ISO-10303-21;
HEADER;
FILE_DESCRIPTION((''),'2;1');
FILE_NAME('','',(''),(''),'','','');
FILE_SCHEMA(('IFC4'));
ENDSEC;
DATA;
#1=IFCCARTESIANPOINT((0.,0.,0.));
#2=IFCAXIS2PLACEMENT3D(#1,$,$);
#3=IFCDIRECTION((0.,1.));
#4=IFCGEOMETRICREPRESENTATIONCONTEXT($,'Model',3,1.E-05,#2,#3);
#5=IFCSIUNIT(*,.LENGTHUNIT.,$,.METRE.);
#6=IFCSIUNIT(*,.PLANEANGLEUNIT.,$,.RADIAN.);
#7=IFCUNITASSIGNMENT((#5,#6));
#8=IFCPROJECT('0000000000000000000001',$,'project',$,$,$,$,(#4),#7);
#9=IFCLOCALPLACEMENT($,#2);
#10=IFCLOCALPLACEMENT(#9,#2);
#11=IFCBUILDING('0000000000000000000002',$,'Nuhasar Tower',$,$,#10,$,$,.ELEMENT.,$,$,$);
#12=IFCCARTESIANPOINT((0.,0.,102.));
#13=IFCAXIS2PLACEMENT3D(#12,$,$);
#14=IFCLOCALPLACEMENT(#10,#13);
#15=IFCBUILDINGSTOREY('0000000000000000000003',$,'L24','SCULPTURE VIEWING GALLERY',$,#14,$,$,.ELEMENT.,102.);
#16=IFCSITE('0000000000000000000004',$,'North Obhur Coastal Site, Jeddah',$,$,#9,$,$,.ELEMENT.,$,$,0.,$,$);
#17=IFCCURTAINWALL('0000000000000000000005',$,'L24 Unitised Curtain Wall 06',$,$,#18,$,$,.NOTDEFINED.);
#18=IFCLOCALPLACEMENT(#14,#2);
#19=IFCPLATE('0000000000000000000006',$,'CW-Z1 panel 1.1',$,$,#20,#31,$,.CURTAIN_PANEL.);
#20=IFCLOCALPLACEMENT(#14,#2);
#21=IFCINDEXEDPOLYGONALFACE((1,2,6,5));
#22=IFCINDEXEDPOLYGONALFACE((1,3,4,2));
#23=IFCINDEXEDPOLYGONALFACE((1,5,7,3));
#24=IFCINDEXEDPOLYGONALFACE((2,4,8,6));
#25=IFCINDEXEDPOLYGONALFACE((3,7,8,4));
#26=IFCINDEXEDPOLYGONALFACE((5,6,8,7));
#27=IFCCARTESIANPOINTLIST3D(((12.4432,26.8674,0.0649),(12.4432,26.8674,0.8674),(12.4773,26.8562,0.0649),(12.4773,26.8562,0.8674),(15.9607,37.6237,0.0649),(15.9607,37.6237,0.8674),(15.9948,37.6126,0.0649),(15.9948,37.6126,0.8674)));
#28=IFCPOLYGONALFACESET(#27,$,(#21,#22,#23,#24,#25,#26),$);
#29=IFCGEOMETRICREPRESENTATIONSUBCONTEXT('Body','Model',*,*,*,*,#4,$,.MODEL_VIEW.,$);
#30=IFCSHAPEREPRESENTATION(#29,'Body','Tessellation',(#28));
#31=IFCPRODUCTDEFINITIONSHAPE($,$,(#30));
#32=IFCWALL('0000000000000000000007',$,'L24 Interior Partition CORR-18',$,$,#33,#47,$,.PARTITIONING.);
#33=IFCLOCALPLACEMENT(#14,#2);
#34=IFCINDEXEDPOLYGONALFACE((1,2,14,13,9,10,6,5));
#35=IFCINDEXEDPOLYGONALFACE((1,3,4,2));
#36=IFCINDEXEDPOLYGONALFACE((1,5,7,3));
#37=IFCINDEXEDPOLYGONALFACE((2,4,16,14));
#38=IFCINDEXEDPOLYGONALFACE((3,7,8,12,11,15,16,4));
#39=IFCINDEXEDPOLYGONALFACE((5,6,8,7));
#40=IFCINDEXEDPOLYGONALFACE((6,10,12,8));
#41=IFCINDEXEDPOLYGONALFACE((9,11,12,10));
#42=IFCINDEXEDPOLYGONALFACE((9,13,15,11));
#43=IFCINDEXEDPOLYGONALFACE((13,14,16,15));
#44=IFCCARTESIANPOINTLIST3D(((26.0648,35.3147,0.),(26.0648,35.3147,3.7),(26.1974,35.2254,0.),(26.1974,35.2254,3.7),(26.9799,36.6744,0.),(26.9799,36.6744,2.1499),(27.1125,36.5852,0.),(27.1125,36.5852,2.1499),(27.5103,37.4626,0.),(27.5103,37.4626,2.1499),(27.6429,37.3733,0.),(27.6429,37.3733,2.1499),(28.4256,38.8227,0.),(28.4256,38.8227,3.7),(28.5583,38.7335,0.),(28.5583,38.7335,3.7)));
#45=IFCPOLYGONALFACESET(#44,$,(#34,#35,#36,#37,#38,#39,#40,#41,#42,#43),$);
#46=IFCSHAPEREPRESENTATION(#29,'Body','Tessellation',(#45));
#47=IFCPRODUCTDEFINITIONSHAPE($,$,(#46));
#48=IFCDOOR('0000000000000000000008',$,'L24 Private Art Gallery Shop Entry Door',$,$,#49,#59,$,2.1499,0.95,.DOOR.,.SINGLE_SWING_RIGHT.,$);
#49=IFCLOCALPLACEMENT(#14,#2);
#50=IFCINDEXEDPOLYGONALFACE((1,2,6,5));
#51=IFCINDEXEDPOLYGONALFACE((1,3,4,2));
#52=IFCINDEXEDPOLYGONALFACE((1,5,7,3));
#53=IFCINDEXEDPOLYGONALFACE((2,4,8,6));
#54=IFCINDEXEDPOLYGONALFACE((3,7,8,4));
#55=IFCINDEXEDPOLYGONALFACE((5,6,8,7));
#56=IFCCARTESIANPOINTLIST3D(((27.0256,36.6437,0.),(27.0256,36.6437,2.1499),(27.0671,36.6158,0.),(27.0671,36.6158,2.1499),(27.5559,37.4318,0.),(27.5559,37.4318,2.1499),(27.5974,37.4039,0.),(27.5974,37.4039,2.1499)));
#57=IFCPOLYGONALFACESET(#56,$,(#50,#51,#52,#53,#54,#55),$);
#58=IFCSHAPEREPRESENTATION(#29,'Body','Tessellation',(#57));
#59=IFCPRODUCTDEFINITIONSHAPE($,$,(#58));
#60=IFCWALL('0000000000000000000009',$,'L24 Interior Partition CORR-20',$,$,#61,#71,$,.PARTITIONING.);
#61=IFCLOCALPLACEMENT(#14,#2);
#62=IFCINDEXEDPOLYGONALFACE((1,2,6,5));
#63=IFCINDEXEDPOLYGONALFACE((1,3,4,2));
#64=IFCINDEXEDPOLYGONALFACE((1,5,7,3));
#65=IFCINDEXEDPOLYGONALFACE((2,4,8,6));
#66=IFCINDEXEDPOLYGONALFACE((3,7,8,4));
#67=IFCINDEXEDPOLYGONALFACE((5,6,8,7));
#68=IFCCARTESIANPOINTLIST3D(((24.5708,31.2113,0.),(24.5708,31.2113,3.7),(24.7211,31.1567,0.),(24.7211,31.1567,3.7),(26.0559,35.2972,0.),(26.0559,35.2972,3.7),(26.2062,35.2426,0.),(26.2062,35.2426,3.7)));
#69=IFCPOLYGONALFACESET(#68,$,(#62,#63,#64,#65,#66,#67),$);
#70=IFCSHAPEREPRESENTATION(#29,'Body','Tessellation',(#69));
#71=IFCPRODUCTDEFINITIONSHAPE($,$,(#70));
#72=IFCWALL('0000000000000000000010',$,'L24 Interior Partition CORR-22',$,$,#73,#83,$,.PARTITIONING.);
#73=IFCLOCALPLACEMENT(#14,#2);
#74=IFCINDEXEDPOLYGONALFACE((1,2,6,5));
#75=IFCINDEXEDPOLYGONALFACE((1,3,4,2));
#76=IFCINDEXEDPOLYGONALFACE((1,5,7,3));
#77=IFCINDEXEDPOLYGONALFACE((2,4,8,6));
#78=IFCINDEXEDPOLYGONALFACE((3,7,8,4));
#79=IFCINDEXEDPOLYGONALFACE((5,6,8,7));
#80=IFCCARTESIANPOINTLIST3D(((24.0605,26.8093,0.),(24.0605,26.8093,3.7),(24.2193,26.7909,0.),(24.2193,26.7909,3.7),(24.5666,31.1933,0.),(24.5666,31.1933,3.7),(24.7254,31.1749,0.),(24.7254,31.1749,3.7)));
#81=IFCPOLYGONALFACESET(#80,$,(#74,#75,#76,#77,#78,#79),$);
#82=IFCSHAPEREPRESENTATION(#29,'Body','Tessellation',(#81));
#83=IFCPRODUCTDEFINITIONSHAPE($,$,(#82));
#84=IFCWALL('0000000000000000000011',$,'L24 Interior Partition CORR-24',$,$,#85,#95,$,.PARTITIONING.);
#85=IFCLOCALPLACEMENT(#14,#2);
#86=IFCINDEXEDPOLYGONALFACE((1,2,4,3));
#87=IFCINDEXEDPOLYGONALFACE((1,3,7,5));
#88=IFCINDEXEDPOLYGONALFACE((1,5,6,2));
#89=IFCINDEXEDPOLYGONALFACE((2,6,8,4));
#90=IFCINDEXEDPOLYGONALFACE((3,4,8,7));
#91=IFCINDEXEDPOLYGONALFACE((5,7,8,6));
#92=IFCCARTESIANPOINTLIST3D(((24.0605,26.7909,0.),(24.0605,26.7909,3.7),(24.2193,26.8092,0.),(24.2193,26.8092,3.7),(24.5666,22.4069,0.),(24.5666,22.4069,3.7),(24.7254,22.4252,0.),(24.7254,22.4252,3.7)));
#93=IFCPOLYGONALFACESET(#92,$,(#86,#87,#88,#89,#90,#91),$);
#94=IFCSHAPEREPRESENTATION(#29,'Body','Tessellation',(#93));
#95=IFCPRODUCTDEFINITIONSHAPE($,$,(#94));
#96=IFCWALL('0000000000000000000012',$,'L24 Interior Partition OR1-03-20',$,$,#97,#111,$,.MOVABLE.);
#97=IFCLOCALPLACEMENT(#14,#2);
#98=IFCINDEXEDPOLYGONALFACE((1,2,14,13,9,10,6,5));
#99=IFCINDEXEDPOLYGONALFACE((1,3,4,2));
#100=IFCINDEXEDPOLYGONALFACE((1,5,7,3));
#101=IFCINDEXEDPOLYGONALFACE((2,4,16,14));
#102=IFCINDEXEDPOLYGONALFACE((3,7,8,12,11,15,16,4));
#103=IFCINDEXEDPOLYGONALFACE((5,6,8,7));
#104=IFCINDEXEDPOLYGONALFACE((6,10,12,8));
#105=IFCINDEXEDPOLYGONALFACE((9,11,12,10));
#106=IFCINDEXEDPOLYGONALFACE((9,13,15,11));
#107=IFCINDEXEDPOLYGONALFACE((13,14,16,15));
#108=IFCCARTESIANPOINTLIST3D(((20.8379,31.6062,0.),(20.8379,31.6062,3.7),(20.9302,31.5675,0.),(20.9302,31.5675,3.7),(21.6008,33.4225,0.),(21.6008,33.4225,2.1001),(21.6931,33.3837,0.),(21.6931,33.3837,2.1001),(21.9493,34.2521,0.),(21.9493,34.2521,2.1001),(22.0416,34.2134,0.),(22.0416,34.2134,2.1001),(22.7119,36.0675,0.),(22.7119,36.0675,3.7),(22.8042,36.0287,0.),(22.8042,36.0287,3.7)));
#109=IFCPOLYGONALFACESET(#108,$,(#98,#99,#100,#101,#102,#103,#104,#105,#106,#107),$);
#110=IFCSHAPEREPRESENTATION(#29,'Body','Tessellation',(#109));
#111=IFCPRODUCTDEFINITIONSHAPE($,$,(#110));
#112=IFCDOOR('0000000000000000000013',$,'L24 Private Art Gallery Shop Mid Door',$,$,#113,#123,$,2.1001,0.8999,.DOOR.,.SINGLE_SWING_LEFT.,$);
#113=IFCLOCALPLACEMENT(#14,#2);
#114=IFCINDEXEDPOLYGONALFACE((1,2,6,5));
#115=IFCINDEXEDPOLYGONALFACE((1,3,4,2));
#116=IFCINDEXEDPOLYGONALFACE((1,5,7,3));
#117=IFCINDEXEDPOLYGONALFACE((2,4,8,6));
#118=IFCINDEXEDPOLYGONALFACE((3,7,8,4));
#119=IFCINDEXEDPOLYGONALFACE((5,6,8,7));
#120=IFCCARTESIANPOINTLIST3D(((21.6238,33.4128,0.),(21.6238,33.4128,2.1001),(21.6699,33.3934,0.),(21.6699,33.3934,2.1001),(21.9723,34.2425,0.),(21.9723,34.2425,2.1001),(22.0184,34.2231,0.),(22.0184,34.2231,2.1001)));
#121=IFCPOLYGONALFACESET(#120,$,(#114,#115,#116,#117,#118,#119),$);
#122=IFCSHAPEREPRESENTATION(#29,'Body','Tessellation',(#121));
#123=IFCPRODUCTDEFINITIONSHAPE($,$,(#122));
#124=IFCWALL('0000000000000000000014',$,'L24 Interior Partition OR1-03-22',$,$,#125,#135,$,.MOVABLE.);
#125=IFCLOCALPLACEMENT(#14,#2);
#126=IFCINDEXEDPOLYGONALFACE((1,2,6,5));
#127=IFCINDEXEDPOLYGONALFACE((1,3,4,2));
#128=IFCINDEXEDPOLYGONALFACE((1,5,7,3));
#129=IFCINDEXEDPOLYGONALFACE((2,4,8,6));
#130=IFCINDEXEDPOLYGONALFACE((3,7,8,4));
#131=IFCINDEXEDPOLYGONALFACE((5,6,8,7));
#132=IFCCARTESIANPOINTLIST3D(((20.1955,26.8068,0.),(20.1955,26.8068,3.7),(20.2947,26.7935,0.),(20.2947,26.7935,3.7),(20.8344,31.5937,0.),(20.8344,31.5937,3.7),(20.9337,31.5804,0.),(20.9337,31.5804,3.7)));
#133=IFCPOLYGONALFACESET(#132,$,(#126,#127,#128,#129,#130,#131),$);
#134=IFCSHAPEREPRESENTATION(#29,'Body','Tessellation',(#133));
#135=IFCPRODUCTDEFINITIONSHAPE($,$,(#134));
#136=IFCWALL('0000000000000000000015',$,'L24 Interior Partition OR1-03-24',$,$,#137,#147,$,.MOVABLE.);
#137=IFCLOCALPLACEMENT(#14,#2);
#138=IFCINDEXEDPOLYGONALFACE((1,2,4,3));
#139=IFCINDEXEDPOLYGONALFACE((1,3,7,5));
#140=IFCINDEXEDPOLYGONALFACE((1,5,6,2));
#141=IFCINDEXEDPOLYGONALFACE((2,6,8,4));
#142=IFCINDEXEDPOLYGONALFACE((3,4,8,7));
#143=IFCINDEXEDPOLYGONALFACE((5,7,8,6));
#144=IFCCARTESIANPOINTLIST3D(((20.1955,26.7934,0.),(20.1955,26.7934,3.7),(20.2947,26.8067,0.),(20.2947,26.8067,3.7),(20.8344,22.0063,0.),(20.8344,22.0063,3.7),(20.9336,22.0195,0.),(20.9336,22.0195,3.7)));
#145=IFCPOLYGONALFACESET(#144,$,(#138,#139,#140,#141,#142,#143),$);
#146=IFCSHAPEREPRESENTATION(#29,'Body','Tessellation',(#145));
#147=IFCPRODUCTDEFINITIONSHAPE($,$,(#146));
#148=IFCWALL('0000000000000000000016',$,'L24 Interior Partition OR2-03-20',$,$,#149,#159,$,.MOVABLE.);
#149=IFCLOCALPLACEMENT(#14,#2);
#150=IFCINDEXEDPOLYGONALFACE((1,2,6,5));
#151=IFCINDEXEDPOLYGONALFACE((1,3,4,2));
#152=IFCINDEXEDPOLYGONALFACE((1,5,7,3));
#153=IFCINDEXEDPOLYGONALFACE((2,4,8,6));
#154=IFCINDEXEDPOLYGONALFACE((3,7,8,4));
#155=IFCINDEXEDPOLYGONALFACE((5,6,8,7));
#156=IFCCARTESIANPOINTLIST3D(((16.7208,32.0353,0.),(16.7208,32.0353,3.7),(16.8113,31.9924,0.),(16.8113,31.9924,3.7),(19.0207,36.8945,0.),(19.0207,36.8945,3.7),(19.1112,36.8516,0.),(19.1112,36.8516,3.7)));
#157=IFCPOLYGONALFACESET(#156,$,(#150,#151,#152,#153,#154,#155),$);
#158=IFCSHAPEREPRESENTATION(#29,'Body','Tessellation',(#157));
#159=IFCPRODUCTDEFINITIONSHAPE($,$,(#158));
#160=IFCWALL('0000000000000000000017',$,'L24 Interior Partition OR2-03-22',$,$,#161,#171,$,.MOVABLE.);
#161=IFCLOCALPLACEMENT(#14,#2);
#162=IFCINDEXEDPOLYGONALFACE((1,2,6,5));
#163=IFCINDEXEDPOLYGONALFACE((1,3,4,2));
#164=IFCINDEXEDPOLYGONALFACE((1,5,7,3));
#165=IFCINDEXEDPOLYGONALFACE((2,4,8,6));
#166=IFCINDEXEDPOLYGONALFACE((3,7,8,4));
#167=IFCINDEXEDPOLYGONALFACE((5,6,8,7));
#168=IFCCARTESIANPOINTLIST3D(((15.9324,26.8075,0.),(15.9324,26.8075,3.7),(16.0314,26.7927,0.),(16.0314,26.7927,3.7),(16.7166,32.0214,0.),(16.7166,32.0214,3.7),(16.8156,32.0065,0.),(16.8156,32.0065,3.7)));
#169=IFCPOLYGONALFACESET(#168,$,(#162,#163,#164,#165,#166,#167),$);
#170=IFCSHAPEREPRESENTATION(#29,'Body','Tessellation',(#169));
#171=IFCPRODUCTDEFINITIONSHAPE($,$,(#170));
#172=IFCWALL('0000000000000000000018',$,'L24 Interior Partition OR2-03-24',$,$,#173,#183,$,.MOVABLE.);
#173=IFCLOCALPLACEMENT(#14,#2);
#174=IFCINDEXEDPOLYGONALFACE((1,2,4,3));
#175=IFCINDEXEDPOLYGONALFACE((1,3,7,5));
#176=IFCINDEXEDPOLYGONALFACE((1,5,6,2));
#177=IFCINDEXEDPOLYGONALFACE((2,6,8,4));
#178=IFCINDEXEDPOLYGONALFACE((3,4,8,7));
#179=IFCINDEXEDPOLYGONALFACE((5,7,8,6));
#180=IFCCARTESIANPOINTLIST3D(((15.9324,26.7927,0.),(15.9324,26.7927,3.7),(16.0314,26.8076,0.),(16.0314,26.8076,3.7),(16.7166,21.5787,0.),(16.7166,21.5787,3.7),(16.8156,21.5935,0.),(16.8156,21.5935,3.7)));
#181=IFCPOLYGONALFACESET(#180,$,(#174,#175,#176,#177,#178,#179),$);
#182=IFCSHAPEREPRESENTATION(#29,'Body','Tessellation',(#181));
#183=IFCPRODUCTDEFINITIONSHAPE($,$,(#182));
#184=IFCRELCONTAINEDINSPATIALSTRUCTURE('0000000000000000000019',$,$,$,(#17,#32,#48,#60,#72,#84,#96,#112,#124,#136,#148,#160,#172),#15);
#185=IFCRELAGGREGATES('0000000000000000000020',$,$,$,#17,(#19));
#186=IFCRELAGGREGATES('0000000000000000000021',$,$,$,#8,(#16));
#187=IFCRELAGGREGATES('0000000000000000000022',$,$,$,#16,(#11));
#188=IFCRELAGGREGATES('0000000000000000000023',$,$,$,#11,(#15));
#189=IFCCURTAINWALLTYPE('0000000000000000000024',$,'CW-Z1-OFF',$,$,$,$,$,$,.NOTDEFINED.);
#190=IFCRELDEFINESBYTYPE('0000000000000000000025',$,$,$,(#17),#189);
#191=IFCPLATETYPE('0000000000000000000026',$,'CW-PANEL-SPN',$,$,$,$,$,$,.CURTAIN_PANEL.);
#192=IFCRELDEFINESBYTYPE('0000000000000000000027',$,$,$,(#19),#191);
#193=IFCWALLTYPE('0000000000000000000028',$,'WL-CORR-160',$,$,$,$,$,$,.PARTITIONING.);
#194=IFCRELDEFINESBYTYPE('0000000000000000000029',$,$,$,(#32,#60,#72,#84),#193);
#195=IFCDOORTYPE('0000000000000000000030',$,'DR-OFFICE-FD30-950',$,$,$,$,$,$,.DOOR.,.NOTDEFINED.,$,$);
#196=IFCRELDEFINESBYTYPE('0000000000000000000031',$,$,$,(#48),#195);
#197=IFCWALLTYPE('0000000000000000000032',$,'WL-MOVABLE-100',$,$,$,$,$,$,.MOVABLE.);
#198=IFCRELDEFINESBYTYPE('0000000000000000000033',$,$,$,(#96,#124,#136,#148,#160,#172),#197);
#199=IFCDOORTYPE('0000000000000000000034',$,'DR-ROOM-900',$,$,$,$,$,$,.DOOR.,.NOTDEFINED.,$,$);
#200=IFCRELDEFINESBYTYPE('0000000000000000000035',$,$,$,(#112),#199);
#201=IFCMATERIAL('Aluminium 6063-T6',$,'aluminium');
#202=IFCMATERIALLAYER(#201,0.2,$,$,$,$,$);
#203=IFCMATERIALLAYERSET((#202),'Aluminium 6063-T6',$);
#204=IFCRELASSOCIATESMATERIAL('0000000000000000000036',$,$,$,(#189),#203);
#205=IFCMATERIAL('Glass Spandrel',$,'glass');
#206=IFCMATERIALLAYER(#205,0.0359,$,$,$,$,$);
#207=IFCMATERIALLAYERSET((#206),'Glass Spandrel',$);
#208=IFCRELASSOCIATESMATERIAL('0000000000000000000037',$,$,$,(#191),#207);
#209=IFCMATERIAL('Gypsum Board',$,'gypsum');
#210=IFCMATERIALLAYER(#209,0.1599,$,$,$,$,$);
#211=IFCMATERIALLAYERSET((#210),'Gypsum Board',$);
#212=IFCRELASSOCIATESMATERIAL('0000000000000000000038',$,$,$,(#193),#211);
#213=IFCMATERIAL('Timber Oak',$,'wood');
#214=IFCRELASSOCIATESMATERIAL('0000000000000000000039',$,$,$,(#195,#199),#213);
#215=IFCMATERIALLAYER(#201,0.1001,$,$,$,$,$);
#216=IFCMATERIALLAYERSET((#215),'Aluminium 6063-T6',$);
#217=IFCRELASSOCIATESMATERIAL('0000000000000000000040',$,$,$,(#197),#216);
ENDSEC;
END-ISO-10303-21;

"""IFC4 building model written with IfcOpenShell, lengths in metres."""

from ifc_helpers import new_model, si_unit, direction, frame, frame_2d, origin, origin_2d, place, context, subcontext, project, spatial, rectangle, extrude, material, layer, layer_set, type_object, element, fill, aggregate, save


model = new_model("IFC4")

# Units and contexts
model_context = context("Model", 3, precision=1e-05, world=origin(), true_north=direction((0.0, 1.0)))
body_context = subcontext(model_context, "Body", "Model", "MODEL_VIEW")
ifc_project = project(units=[si_unit("LENGTHUNIT", "METRE"), si_unit("PLANEANGLEUNIT", "RADIAN")], contexts=[model_context])

# Site, building, storey
site_placement = place(None, origin())
site = spatial("IfcSite", under=ifc_project, at=site_placement, Name="North Obhur Coastal Site, Jeddah", CompositionType="ELEMENT", RefElevation=0.0)
building_placement = place(site_placement, origin())
building = spatial("IfcBuilding", under=site, at=building_placement, Name="Nuhasar Tower", CompositionType="ELEMENT")
storey_placement = place(building_placement, frame((0.0, 0.0, 102.0)))
storey = spatial("IfcBuildingStorey", under=building, at=storey_placement, Name="L24", Description="SCULPTURE VIEWING GALLERY", CompositionType="ELEMENT", Elevation=102.0)

# Curtain wall
ifc_material_1 = material(Name="Aluminium 6063-T6", Category="aluminium")
ifc_layer_1 = layer(ifc_material_1, 0.2)
ifc_layer_set_1 = layer_set([ifc_layer_1], Name="Aluminium 6063-T6")
curtain_wall_type = type_object("IfcCurtainWallType", Name="CW-Z1-OFF", PredefinedType="NOTDEFINED", material=ifc_layer_set_1)
curtain_wall_1_placement = place(storey_placement, origin())
curtain_wall_1 = element("IfcCurtainWall", 1, at=curtain_wall_1_placement, inside=storey, type_object=curtain_wall_type, Name="L24 Unitised Curtain Wall 06", PredefinedType="NOTDEFINED")

# Plate
ifc_material_2 = material(Name="Glass Spandrel", Category="glass")
ifc_layer_2 = layer(ifc_material_2, 0.0359)
ifc_layer_set_2 = layer_set([ifc_layer_2], Name="Glass Spandrel")
plate_type_1 = type_object("IfcPlateType", Name="CW-PANEL-SPN", PredefinedType="CURTAIN_PANEL", material=ifc_layer_set_2)
plate_1_placement = place(storey_placement, frame((14.219, 32.24, 0.0649), z_axis=(0.0, 0.0, 1.0), x_axis=(-0.310824, -0.950468, 0.0)))
plate_1 = element("IfcPlate", 2, at=plate_1_placement, type_object=plate_type_1, Name="CW-Z1 panel 1.1", PredefinedType="CURTAIN_PANEL", context=body_context, shape_type="SweptSolid", body=[
    extrude(rectangle(XDim=11.3169, YDim=0.0359, at=origin_2d()), origin(), (0.0, 0.0, 1.0), 0.8025),
])
aggregate(curtain_wall_1, [plate_1])

# Wall, opening, door
ifc_material_3 = material(Name="Gypsum Board", Category="gypsum")
ifc_layer_3 = layer(ifc_material_3, 0.1599)
ifc_layer_set_3 = layer_set([ifc_layer_3], Name="Gypsum Board")
wall_type_1 = type_object("IfcWallType", Name="WL-CORR-160", PredefinedType="PARTITIONING", material=ifc_layer_set_3)
wall_1_placement = place(storey_placement, frame((26.1311, 35.27, 0.0), z_axis=(0.0, 0.0, 1.0), x_axis=(0.558319, 0.829626, 0.0)))
wall_1 = element("IfcWall", 3, at=wall_1_placement, inside=storey, type_object=wall_type_1, Name="L24 Interior Partition CORR-18", PredefinedType="PARTITIONING", context=body_context, shape_type="SweptSolid", body=[
    extrude(rectangle(XDim=4.2285, YDim=0.1599, at=frame_2d((2.1143, 0.0))), origin(), (0.0, 0.0, 1.0), 3.7),
])
opening_1_placement = place(wall_1_placement, frame((1.6389, 0.0, 0.0)))
opening_1 = element("IfcOpeningElement", 4, at=opening_1_placement, cuts=wall_1, PredefinedType="OPENING", context=body_context, shape_type="SweptSolid", body=[
    extrude(rectangle(XDim=0.95, YDim=2.1499, at=frame_2d((0.4751, 1.075))), frame((0.0, 0.0898, 0.0), z_axis=(0.0, -1.0, 0.0), x_axis=(1.0, 0.0, 0.0)), (0.0, 0.0, 1.0), 0.1799),
])
ifc_material_4 = material(Name="Timber Oak", Category="wood")
door_type_1 = type_object("IfcDoorType", Name="DR-OFFICE-FD30-950", OperationType="NOTDEFINED", PredefinedType="DOOR", material=ifc_material_4)
door_1_placement = place(opening_1_placement, origin())
door_1 = element("IfcDoor", 5, at=door_1_placement, inside=storey, type_object=door_type_1, Name="L24 Private Art Gallery Shop Entry Door", OperationType="SINGLE_SWING_RIGHT", OverallHeight=2.1499, OverallWidth=0.95, PredefinedType="DOOR", context=body_context, shape_type="SweptSolid", body=[
    extrude(rectangle(XDim=0.95, YDim=2.1499, at=frame_2d((0.4751, 1.075))), frame((0.0, 0.0249, 0.0), z_axis=(0.0, -1.0, 0.0), x_axis=(1.0, 0.0, 0.0)), (0.0, 0.0, 1.0), 0.05),
])
fill(opening_1, door_1)

# Walls
wall_2_placement = place(storey_placement, frame((26.1311, 35.27, 0.0), z_axis=(0.0, 0.0, 1.0), x_axis=(-0.341603, -0.939844, 0.0)))
element("IfcWall", 6, at=wall_2_placement, inside=storey, type_object=wall_type_1, Name="L24 Interior Partition CORR-20", PredefinedType="PARTITIONING", context=body_context, shape_type="SweptSolid", body=[
    extrude(rectangle(XDim=4.3474, YDim=0.1599, at=frame_2d((2.1738, 0.0))), origin(), (0.0, 0.0, 1.0), 3.7),
])
for number, where, z_axis, x_axis, name in (
    (7, (24.646, 31.1841, 0.0), (0.0, 0.0, 1.0), (-0.114681, -0.993402, 0.0), "L24 Interior Partition CORR-22"),
    (8, (24.1399, 26.8, 0.0), (0.0, 0.0, 1.0), (0.114681, -0.993402, 0.0), "L24 Interior Partition CORR-24"),
):
    element("IfcWall", number, at=place(storey_placement, frame(where, z_axis=z_axis, x_axis=x_axis)), inside=storey, type_object=wall_type_1, Name=name, PredefinedType="PARTITIONING", context=body_context, shape_type="SweptSolid", body=[
        extrude(rectangle(XDim=4.4131, YDim=0.1599, at=frame_2d((2.2065, 0.0))), origin(), (0.0, 0.0, 1.0), 3.7),
    ])

# Wall, opening, door
ifc_layer_4 = layer(ifc_material_1, 0.1001)
ifc_layer_set_4 = layer_set([ifc_layer_4], Name="Aluminium 6063-T6")
wall_type_2 = type_object("IfcWallType", Name="WL-MOVABLE-100", PredefinedType="MOVABLE", material=ifc_layer_set_4)
wall_3_placement = place(storey_placement, frame((22.7581, 36.0481, 0.0), z_axis=(0.0, 0.0, 1.0), x_axis=(-0.38729, -0.921958, 0.0)))
wall_3 = element("IfcWall", 9, at=wall_3_placement, inside=storey, type_object=wall_type_2, Name="L24 Interior Partition OR1-03-20", PredefinedType="MOVABLE", context=body_context, shape_type="SweptSolid", body=[
    extrude(rectangle(XDim=4.8389, YDim=0.1001, at=frame_2d((2.4194, 0.0))), origin(), (0.0, 0.0, 1.0), 3.7),
])
opening_2_placement = place(wall_3_placement, frame((1.969, 0.0, 0.0)))
opening_2 = element("IfcOpeningElement", 10, at=opening_2_placement, cuts=wall_3, PredefinedType="OPENING", context=body_context, shape_type="SweptSolid", body=[
    extrude(rectangle(XDim=0.8999, YDim=2.1001, at=frame_2d((0.45, 1.05))), frame((0.0, 0.0601, 0.0), z_axis=(0.0, -1.0, 0.0), x_axis=(1.0, 0.0, 0.0)), (0.0, 0.0, 1.0), 0.1201),
])
door_type_2 = type_object("IfcDoorType", Name="DR-ROOM-900", OperationType="NOTDEFINED", PredefinedType="DOOR", material=ifc_material_4)
door_2_placement = place(opening_2_placement, origin())
door_2 = element("IfcDoor", 11, at=door_2_placement, inside=storey, type_object=door_type_2, Name="L24 Private Art Gallery Shop Mid Door", OperationType="SINGLE_SWING_LEFT", OverallHeight=2.1001, OverallWidth=0.8999, PredefinedType="DOOR", context=body_context, shape_type="SweptSolid", body=[
    extrude(rectangle(XDim=0.8999, YDim=2.1001, at=frame_2d((0.45, 1.05))), frame((0.0, 0.0249, 0.0), z_axis=(0.0, -1.0, 0.0), x_axis=(1.0, 0.0, 0.0)), (0.0, 0.0, 1.0), 0.05),
])
fill(opening_2, door_2)

# Walls
wall_4_placement = place(storey_placement, frame((20.884, 31.5869, 0.0), z_axis=(0.0, 0.0, 1.0), x_axis=(-0.132299, -0.99121, 0.0)))
element("IfcWall", 12, at=wall_4_placement, inside=storey, type_object=wall_type_2, Name="L24 Interior Partition OR1-03-22", PredefinedType="MOVABLE", context=body_context, shape_type="SweptSolid", body=[
    extrude(rectangle(XDim=4.8293, YDim=0.1001, at=frame_2d((2.4146, 0.0))), origin(), (0.0, 0.0, 1.0), 3.7),
])
wall_5_placement = place(storey_placement, frame((20.2451, 26.8, 0.0), z_axis=(0.0, 0.0, 1.0), x_axis=(0.132293, -0.991211, 0.0)))
element("IfcWall", 13, at=wall_5_placement, inside=storey, type_object=wall_type_2, Name="L24 Interior Partition OR1-03-24", PredefinedType="MOVABLE", context=body_context, shape_type="SweptSolid", body=[
    extrude(rectangle(XDim=4.8296, YDim=0.1001, at=frame_2d((2.4148, 0.0))), origin(), (0.0, 0.0, 1.0), 3.7),
])
wall_6_placement = place(storey_placement, frame((19.0659, 36.873, 0.0), z_axis=(0.0, 0.0, 1.0), x_axis=(-0.427799, -0.903874, 0.0)))
element("IfcWall", 14, at=wall_6_placement, inside=storey, type_object=wall_type_2, Name="L24 Interior Partition OR2-03-20", PredefinedType="MOVABLE", context=body_context, shape_type="SweptSolid", body=[
    extrude(rectangle(XDim=5.376, YDim=0.1001, at=frame_2d((2.688, 0.0))), origin(), (0.0, 0.0, 1.0), 3.7),
])
wall_7_placement = place(storey_placement, frame((16.7661, 32.0139, 0.0), z_axis=(0.0, 0.0, 1.0), x_axis=(-0.14873, -0.988878, 0.0)))
element("IfcWall", 15, at=wall_7_placement, inside=storey, type_object=wall_type_2, Name="L24 Interior Partition OR2-03-22", PredefinedType="MOVABLE", context=body_context, shape_type="SweptSolid", body=[
    extrude(rectangle(XDim=5.2725, YDim=0.1001, at=frame_2d((2.6362, 0.0))), origin(), (0.0, 0.0, 1.0), 3.7),
])
wall_8_placement = place(storey_placement, frame((15.9819, 26.8, 0.0), z_axis=(0.0, 0.0, 1.0), x_axis=(0.148723, -0.988879, 0.0)))
element("IfcWall", 16, at=wall_8_placement, inside=storey, type_object=wall_type_2, Name="L24 Interior Partition OR2-03-24", PredefinedType="MOVABLE", context=body_context, shape_type="SweptSolid", body=[
    extrude(rectangle(XDim=5.2727, YDim=0.1001, at=frame_2d((2.6362, 0.0))), origin(), (0.0, 0.0, 1.0), 3.7),
])

save(model, "model.ifc")
